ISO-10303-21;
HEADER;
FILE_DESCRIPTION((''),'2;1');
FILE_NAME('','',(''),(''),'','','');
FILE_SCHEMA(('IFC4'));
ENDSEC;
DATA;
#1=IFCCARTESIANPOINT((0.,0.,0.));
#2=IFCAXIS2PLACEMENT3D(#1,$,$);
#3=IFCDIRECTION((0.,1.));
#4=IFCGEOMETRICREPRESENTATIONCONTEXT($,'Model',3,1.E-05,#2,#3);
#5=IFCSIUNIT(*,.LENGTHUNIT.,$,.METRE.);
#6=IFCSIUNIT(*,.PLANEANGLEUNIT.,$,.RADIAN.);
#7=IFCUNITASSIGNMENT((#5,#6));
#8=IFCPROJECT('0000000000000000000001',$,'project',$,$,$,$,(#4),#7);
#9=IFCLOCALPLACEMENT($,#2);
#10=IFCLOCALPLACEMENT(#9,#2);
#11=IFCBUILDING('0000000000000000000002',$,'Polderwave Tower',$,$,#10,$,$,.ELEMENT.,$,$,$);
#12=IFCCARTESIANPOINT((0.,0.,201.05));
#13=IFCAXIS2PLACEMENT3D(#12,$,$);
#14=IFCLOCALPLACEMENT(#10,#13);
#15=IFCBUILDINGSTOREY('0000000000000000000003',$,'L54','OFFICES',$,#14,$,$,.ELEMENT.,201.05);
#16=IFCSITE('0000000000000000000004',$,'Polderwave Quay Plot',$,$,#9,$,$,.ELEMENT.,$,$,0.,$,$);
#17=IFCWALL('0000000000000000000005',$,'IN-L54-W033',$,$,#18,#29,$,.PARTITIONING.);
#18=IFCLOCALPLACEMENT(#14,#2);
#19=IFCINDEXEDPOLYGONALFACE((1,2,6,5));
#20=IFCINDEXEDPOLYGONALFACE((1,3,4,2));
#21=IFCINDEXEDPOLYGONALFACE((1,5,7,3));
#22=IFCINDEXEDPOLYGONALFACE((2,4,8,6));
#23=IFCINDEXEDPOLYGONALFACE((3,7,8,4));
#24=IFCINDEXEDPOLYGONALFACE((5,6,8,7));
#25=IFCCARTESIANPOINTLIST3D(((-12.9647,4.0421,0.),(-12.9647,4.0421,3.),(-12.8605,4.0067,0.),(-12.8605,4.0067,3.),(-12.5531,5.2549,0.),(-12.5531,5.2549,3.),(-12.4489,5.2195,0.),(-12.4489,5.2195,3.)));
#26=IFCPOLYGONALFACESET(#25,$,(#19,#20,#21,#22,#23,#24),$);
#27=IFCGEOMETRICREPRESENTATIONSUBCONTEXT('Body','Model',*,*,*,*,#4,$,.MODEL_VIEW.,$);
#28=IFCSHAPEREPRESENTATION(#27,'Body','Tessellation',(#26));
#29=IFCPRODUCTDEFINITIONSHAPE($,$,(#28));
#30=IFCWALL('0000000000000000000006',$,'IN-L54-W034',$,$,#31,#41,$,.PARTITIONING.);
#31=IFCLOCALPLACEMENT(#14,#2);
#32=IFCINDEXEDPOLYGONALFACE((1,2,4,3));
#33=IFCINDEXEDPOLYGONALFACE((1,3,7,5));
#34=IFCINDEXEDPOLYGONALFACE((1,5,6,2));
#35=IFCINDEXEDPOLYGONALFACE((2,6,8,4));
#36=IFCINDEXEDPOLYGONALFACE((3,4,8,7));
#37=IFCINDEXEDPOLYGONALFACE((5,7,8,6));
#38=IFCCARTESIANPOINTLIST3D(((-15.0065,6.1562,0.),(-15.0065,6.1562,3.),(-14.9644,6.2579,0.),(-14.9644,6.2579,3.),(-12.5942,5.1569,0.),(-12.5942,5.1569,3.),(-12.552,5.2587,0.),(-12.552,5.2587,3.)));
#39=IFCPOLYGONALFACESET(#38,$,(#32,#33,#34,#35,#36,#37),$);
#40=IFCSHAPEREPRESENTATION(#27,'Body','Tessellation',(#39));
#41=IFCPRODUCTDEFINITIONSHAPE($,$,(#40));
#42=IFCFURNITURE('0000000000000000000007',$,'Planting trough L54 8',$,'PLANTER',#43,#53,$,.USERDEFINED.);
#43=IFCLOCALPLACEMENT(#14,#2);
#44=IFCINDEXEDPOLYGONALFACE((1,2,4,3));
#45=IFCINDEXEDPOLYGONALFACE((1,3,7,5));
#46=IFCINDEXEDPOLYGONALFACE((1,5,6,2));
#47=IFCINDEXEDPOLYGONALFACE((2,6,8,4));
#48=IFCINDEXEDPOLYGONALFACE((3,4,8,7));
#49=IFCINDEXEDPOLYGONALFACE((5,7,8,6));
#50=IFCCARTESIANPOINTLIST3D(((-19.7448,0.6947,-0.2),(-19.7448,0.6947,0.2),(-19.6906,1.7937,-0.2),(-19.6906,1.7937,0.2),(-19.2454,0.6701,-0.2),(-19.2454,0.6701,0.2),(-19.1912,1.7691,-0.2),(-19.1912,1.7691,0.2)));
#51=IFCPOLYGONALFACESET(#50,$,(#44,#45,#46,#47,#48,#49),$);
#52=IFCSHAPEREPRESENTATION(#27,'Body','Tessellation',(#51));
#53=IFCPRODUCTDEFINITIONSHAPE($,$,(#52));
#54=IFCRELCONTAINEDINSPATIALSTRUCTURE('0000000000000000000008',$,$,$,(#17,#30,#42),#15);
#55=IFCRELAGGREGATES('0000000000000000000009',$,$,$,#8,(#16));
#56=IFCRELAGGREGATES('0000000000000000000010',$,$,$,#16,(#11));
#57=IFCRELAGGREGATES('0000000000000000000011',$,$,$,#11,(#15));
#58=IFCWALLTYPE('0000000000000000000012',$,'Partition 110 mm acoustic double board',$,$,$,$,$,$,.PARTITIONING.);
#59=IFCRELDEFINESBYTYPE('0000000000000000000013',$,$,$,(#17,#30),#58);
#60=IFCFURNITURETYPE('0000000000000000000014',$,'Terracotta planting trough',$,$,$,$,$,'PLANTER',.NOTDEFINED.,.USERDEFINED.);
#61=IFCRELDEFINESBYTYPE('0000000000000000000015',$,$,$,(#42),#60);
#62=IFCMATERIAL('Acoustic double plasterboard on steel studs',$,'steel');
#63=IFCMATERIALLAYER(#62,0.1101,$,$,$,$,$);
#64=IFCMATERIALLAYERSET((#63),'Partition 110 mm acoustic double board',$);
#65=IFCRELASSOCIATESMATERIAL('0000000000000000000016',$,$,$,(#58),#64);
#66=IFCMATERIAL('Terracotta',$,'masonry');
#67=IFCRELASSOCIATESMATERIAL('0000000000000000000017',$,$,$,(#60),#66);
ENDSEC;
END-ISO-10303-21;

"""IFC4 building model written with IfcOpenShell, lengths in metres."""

from ifc_helpers import new_model, si_unit, direction, frame, frame_2d, origin, origin_2d, place, context, subcontext, project, spatial, rectangle, extrude, material, layer, layer_set, type_object, element, save


model = new_model("IFC4")

# Units and contexts
model_context = context("Model", 3, precision=1e-05, world=origin(), true_north=direction((0.0, 1.0)))
body_context = subcontext(model_context, "Body", "Model", "MODEL_VIEW")
ifc_project = project(units=[si_unit("LENGTHUNIT", "METRE"), si_unit("PLANEANGLEUNIT", "RADIAN")], contexts=[model_context])

# Site, building, storey
site_placement = place(None, origin())
site = spatial("IfcSite", under=ifc_project, at=site_placement, Name="Polderwave Quay Plot", CompositionType="ELEMENT", RefElevation=0.0)
building_placement = place(site_placement, origin())
building = spatial("IfcBuilding", under=site, at=building_placement, Name="Polderwave Tower", CompositionType="ELEMENT")
storey_placement = place(building_placement, frame((0.0, 0.0, 201.05)))
storey = spatial("IfcBuildingStorey", under=building, at=storey_placement, Name="L54", Description="OFFICES", CompositionType="ELEMENT", Elevation=201.05)

# Walls
ifc_material_1 = material(Name="Acoustic double plasterboard on steel studs", Category="steel")
ifc_layer_1 = layer(ifc_material_1, 0.1101)
ifc_layer_set_1 = layer_set([ifc_layer_1], Name="Partition 110 mm acoustic double board")
wall_type_1 = type_object("IfcWallType", Name="Partition 110 mm acoustic double board", PredefinedType="PARTITIONING", material=ifc_layer_set_1)
wall_1_placement = place(storey_placement, frame((-12.9126, 4.0244, 0.0), z_axis=(0.0, 0.0, 1.0), x_axis=(0.32137, 0.946954, 0.0)))
element("IfcWall", 1, at=wall_1_placement, inside=storey, type_object=wall_type_1, Name="IN-L54-W033", PredefinedType="PARTITIONING", context=body_context, shape_type="SweptSolid", body=[
    extrude(rectangle(XDim=1.2808, YDim=0.1101, at=frame_2d((0.6404, 0.0))), origin(), (0.0, 0.0, 1.0), 3.0),
])
wall_2_placement = place(storey_placement, frame((-12.573, 5.2078, 0.0), z_axis=(0.0, 0.0, 1.0), x_axis=(-0.923874, 0.382696, 0.0)))
element("IfcWall", 2, at=wall_2_placement, inside=storey, type_object=wall_type_1, Name="IN-L54-W034", PredefinedType="PARTITIONING", context=body_context, shape_type="SweptSolid", body=[
    extrude(rectangle(XDim=2.6111, YDim=0.1101, at=frame_2d((1.3057, 0.0))), origin(), (0.0, 0.0, 1.0), 3.0),
])

# Furniture
ifc_material_2 = material(Name="Terracotta", Category="masonry")
furniture_type = type_object("IfcFurnitureType", Name="Terracotta planting trough", ElementType="PLANTER", AssemblyPlace="NOTDEFINED", PredefinedType="USERDEFINED", material=ifc_material_2)
furniture_placement = place(storey_placement, frame((-19.468, 1.2319, -0.2), z_axis=(0.0, 0.0, 1.0), x_axis=(-0.049237, -0.998787, 0.0)))
element("IfcFurniture", 3, at=furniture_placement, inside=storey, type_object=furniture_type, Name="Planting trough L54 8", ObjectType="PLANTER", PredefinedType="USERDEFINED", context=body_context, shape_type="SweptSolid", body=[
    extrude(rectangle(XDim=1.1003, YDim=0.5, at=origin_2d()), origin(), (0.0, 0.0, 1.0), 0.3999),
])

save(model, "model.ifc")
